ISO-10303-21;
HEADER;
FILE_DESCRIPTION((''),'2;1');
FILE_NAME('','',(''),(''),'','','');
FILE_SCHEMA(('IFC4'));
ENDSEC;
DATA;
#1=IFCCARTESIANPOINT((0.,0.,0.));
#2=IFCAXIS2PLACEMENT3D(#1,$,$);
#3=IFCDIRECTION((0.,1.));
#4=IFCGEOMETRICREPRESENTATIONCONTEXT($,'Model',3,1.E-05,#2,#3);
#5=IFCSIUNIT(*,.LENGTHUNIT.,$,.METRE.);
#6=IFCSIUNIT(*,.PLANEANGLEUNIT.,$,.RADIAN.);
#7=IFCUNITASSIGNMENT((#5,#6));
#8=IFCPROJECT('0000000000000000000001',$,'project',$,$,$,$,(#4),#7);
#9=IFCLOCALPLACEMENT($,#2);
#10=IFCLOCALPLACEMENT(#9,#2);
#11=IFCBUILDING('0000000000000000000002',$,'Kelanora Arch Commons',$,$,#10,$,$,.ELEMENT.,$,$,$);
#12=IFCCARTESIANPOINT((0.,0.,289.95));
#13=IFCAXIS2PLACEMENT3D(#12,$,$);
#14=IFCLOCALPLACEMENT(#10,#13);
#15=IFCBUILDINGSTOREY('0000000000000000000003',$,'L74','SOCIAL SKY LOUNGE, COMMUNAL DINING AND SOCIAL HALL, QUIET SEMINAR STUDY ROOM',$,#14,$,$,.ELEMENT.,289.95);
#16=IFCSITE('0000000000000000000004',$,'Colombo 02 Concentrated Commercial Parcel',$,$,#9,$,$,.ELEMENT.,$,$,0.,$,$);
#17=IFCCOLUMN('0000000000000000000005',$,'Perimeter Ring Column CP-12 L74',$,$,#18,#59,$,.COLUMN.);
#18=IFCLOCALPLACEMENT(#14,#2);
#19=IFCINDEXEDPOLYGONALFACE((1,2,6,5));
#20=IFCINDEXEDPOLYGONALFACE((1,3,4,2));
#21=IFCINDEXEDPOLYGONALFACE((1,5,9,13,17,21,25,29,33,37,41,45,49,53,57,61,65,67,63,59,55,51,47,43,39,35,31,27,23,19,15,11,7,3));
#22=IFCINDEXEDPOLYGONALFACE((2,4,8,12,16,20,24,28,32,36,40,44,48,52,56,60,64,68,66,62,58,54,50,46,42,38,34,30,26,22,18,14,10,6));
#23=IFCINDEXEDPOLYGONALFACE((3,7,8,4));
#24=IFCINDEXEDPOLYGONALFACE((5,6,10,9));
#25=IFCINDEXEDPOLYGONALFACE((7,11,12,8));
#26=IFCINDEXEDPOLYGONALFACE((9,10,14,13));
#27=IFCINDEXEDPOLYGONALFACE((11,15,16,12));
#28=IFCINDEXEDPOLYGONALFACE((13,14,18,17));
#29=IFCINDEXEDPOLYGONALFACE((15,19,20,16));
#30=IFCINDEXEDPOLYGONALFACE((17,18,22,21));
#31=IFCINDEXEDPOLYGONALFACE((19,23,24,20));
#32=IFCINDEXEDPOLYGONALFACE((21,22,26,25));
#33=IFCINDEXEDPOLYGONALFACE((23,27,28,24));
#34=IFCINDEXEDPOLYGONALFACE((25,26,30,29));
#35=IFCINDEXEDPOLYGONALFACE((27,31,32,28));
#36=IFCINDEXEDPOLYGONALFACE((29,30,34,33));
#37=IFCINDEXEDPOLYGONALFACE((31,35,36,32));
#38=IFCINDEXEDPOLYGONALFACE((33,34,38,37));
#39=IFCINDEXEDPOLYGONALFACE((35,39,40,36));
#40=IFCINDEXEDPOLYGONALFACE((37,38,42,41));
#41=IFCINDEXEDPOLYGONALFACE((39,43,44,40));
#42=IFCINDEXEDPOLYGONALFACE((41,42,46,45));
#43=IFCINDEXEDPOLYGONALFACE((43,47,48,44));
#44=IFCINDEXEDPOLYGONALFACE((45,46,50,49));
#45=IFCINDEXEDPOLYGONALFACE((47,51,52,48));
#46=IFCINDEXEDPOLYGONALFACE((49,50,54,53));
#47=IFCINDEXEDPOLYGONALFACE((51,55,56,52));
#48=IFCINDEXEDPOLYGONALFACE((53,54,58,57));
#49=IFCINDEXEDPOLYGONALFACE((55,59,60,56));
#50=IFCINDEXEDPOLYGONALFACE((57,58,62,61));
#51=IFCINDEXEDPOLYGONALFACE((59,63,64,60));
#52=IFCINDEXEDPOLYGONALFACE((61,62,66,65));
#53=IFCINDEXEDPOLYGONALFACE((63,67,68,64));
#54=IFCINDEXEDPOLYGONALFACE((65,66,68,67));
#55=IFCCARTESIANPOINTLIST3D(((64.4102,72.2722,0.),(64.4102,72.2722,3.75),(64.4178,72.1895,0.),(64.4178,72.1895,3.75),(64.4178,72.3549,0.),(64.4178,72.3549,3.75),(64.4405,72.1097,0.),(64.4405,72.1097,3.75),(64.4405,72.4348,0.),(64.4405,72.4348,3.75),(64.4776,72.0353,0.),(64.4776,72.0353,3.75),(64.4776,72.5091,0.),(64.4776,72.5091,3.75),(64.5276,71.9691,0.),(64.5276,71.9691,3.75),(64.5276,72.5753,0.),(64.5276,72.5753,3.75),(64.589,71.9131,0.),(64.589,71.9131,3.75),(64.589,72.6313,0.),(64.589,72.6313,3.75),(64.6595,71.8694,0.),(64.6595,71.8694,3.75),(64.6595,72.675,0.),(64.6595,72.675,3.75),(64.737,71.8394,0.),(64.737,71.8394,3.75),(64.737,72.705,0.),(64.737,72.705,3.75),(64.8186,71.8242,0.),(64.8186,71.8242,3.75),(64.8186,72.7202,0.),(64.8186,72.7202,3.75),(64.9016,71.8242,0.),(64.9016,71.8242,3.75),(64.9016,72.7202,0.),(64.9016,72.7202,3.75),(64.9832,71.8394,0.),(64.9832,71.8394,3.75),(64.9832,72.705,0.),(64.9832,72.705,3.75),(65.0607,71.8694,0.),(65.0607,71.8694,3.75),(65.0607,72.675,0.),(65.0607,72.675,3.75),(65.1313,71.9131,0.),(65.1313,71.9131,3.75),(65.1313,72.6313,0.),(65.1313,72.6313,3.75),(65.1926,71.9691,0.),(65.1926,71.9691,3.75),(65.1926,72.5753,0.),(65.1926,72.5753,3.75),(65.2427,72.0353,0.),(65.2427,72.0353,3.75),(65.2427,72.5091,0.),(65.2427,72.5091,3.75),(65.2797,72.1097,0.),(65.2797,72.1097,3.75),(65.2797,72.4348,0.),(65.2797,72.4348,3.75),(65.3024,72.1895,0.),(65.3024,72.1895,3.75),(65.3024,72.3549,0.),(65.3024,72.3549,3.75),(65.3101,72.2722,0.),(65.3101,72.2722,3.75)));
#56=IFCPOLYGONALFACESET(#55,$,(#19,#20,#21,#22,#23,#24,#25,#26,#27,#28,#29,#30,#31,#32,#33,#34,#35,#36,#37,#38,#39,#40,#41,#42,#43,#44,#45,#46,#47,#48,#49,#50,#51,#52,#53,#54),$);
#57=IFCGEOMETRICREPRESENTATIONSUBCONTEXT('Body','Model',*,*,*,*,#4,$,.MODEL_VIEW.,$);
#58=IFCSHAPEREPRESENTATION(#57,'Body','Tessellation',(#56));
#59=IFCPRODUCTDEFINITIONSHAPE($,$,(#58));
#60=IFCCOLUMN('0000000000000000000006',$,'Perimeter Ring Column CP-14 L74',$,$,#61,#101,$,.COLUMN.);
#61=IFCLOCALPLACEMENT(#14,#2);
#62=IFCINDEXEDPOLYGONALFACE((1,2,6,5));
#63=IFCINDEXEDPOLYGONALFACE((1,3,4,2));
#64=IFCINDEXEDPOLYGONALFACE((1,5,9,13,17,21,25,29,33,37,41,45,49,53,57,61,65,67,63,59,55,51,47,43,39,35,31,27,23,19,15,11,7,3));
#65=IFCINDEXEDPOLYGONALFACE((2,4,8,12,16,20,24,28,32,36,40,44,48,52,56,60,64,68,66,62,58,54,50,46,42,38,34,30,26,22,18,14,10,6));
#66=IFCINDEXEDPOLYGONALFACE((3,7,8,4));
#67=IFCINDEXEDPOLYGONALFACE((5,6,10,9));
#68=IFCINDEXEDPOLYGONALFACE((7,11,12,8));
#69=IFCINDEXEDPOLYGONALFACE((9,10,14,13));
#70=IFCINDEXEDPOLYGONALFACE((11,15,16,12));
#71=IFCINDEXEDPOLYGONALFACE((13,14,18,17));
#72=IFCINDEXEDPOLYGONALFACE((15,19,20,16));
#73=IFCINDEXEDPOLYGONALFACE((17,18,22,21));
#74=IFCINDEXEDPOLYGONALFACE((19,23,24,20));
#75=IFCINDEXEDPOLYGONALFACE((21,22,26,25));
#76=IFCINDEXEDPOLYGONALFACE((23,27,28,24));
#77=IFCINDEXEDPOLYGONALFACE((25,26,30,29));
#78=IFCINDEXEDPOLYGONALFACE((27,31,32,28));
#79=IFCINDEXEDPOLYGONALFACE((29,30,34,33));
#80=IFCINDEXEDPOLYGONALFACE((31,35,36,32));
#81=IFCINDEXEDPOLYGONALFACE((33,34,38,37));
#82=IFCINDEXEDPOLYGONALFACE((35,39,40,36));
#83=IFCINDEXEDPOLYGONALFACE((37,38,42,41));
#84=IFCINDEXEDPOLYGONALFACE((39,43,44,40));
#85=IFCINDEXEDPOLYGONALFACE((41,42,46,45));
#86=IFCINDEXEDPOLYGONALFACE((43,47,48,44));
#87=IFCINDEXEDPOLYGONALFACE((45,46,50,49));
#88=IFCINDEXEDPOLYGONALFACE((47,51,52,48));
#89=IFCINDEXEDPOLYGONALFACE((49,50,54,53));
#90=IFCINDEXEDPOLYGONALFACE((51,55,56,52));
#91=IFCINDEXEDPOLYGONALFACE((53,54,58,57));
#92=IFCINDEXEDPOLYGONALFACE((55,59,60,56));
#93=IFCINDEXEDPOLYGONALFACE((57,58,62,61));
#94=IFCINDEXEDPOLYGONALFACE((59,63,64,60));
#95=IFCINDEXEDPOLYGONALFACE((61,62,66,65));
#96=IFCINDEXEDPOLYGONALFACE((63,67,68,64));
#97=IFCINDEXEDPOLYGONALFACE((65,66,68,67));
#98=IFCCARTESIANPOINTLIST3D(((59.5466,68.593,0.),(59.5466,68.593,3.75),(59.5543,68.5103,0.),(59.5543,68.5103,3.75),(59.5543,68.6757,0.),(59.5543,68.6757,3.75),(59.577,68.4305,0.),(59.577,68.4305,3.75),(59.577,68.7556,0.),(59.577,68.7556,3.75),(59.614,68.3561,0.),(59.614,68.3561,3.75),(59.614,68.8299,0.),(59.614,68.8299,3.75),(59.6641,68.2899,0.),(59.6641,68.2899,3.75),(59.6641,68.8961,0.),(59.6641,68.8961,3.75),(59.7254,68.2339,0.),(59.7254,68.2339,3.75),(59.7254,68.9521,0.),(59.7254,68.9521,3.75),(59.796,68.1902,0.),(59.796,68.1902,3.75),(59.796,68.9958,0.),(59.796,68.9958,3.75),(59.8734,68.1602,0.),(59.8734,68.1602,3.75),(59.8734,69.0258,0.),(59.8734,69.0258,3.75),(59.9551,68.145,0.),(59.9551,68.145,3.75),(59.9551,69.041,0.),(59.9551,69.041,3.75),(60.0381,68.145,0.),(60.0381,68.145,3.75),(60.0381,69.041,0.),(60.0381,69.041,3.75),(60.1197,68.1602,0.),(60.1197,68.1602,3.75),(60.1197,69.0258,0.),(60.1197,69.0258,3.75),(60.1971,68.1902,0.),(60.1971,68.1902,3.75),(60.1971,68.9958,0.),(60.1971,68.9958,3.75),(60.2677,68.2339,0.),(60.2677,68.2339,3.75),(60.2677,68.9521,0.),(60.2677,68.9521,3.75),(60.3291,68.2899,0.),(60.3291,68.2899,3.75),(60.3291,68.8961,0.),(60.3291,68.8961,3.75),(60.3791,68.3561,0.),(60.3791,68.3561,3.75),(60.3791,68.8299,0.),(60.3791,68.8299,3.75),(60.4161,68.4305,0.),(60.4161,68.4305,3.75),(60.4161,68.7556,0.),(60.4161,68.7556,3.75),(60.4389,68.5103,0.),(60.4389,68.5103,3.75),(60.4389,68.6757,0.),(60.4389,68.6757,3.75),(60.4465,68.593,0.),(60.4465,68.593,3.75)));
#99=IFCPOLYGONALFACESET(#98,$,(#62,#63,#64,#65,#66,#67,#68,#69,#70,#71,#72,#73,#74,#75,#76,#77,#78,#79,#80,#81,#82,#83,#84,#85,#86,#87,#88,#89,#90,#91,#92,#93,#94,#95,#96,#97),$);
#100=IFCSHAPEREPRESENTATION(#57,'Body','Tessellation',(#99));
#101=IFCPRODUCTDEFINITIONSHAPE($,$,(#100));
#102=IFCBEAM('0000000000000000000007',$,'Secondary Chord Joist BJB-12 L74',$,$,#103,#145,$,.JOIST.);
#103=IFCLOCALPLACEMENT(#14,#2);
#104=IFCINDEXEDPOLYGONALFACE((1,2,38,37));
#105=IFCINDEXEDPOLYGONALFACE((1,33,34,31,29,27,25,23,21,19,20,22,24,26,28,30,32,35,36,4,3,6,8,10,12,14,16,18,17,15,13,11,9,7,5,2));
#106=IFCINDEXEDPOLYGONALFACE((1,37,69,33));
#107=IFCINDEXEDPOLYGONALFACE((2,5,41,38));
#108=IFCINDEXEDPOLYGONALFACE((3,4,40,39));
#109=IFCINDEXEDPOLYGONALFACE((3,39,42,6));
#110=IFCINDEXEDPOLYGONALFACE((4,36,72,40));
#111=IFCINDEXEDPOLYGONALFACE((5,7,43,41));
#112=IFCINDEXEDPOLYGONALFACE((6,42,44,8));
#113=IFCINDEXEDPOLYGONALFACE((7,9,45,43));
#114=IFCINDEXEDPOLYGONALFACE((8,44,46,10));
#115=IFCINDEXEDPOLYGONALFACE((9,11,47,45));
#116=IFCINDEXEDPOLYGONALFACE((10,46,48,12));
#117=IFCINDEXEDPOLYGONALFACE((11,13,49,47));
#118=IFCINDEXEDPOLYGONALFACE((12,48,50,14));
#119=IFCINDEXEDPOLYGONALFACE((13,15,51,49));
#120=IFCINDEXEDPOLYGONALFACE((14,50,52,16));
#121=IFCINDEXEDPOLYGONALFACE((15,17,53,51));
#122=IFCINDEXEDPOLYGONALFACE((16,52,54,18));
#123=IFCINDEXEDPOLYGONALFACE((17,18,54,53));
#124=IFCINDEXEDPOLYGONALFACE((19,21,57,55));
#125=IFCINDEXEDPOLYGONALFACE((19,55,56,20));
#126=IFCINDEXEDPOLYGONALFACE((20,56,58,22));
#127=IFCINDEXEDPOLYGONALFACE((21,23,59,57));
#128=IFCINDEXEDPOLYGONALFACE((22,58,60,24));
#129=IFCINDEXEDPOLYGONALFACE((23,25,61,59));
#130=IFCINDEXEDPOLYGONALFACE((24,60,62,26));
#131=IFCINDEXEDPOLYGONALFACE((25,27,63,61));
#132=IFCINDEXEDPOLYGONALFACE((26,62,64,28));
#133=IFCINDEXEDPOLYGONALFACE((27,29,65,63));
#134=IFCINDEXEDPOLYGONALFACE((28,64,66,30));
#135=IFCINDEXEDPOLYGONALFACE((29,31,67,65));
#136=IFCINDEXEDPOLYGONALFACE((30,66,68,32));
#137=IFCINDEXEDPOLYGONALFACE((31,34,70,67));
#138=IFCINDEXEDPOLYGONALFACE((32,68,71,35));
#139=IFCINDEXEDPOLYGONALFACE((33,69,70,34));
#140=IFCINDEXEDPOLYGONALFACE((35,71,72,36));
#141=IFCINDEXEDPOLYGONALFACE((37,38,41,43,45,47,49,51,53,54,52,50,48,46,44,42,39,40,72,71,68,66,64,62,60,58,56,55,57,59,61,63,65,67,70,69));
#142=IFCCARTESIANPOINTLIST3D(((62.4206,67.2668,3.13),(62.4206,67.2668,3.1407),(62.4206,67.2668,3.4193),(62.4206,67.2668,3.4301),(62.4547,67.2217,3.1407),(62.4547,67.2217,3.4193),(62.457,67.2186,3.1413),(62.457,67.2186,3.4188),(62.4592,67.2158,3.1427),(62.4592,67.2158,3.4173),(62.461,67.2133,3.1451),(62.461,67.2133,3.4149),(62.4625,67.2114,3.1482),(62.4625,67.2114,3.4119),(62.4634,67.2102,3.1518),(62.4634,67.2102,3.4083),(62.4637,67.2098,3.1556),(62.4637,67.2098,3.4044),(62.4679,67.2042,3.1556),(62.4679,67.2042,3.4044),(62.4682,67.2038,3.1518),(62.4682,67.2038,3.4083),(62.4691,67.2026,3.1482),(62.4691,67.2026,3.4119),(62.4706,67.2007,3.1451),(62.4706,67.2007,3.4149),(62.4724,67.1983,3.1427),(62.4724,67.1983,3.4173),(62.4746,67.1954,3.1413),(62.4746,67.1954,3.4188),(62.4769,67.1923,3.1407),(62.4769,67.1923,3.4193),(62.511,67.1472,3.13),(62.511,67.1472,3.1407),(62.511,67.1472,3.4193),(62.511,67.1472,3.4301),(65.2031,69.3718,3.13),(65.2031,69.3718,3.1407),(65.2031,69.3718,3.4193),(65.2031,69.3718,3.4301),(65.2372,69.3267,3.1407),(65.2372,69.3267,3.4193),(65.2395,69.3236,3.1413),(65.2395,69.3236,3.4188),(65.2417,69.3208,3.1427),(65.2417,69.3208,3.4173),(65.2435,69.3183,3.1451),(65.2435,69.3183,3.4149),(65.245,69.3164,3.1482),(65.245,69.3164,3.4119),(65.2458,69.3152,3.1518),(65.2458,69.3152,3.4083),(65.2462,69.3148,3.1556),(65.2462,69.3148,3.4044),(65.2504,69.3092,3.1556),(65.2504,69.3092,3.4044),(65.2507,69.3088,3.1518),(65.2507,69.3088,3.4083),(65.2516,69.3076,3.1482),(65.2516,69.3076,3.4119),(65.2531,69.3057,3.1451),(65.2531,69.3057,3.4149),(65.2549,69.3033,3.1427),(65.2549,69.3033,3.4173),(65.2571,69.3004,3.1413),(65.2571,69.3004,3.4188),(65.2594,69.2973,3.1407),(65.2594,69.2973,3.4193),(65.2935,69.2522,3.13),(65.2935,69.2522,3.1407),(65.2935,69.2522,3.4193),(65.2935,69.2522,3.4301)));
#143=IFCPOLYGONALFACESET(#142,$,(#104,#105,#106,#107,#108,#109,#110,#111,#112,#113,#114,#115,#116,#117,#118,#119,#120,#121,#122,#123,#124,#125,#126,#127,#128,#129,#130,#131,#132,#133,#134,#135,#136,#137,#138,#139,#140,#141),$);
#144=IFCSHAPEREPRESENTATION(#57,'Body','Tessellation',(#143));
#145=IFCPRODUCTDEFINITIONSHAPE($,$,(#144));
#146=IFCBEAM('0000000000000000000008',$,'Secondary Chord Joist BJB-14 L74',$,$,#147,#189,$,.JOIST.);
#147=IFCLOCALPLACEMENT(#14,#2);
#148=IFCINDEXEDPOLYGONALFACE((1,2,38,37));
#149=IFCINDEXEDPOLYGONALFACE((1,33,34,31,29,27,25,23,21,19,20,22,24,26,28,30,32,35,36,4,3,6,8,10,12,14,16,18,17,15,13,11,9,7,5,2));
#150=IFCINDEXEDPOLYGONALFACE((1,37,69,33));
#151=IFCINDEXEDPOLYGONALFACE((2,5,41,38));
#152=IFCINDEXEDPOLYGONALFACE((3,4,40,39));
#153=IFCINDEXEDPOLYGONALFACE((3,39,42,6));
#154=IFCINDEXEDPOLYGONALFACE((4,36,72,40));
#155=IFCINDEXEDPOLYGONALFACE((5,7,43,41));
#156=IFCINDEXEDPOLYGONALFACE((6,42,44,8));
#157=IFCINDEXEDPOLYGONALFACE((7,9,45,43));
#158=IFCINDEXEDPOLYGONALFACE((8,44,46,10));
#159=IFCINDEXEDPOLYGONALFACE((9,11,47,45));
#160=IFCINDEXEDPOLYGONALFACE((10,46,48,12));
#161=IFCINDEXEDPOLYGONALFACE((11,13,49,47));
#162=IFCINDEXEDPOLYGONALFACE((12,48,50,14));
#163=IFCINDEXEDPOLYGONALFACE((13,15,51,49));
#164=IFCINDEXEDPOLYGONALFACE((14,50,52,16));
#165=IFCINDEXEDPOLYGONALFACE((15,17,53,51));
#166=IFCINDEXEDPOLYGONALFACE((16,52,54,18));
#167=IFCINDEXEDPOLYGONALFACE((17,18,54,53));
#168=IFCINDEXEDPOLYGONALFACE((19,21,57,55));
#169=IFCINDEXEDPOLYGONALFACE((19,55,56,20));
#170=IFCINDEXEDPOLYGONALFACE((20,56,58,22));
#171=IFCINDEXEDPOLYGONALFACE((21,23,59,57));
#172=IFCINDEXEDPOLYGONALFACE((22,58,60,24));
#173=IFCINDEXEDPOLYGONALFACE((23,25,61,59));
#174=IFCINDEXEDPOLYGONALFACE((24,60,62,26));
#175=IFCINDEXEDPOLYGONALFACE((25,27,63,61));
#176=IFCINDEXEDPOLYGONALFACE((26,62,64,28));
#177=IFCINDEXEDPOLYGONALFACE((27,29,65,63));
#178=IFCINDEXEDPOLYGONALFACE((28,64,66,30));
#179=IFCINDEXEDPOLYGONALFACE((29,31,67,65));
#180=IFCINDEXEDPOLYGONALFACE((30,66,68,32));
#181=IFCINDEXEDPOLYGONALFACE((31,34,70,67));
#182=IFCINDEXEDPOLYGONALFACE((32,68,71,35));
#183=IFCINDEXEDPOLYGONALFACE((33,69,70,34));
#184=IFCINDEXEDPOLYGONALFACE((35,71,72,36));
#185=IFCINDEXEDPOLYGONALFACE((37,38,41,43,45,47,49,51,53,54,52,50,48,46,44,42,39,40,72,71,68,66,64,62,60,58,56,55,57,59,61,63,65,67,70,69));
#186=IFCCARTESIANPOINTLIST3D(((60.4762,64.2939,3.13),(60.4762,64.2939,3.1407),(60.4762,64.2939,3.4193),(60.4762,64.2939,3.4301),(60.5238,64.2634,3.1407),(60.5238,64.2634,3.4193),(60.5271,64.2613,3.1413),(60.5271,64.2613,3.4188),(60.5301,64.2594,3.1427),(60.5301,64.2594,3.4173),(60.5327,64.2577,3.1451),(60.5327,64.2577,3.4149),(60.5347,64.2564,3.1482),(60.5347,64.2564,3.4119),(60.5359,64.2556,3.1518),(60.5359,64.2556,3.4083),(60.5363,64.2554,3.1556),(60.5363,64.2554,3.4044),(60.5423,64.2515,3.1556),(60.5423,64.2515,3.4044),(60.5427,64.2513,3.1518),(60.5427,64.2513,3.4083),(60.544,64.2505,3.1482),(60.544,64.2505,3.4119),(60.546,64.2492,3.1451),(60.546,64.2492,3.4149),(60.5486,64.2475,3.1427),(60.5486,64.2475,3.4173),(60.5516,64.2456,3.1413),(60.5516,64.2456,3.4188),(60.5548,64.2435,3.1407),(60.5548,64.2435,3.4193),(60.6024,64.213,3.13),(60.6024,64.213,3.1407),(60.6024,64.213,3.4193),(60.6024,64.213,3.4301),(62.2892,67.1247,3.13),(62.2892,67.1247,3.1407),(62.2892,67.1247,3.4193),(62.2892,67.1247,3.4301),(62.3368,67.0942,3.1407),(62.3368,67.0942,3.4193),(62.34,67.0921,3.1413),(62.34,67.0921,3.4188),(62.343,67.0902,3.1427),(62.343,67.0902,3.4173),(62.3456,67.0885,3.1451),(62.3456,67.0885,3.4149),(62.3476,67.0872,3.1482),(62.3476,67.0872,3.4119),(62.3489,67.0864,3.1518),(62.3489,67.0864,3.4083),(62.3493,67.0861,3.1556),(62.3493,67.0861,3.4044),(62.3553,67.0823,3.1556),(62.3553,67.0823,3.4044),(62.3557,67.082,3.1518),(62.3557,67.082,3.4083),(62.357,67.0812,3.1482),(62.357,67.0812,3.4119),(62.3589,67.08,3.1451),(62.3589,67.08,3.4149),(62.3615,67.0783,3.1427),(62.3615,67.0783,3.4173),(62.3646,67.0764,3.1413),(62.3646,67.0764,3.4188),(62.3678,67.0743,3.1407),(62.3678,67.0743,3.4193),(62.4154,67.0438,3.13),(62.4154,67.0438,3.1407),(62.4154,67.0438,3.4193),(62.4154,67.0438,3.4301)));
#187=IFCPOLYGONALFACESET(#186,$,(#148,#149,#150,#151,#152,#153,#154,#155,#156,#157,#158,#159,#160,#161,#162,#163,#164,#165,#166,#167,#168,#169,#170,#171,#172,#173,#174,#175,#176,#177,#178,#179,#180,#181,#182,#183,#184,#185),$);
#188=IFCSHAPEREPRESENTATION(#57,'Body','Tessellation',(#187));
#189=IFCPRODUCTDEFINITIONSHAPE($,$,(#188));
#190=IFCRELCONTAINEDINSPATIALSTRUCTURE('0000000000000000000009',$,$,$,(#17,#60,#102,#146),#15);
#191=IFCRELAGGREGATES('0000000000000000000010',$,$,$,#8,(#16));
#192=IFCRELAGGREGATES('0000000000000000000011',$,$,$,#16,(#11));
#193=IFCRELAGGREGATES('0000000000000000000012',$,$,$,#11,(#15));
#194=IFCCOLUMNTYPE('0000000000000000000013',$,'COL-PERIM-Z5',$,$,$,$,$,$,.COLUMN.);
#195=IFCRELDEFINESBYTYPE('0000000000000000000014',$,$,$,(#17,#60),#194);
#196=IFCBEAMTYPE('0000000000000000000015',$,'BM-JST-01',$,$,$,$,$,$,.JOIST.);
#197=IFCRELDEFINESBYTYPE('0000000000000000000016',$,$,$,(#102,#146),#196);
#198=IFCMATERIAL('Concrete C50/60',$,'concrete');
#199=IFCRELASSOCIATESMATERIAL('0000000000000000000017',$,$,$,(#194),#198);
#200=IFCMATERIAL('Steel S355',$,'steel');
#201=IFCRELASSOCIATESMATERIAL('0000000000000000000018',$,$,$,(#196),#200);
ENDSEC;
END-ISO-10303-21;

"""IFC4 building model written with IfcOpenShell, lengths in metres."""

from ifc_helpers import new_model, si_unit, direction, frame, origin, origin_2d, place, context, subcontext, project, spatial, circle, i_section, extrude, material, material_profile, profile_set, type_object, element, save


model = new_model("IFC4")

# Units and contexts
model_context = context("Model", 3, precision=1e-05, world=origin(), true_north=direction((0.0, 1.0)))
body_context = subcontext(model_context, "Body", "Model", "MODEL_VIEW")
ifc_project = project(units=[si_unit("LENGTHUNIT", "METRE"), si_unit("PLANEANGLEUNIT", "RADIAN")], contexts=[model_context])

# Site, building, storey
site_placement = place(None, origin())
site = spatial("IfcSite", under=ifc_project, at=site_placement, Name="Colombo 02 Concentrated Commercial Parcel", CompositionType="ELEMENT", RefElevation=0.0)
building_placement = place(site_placement, origin())
building = spatial("IfcBuilding", under=site, at=building_placement, Name="Kelanora Arch Commons", CompositionType="ELEMENT")
storey_placement = place(building_placement, frame((0.0, 0.0, 289.95)))
storey = spatial("IfcBuildingStorey", under=building, at=storey_placement, Name="L74", Description="SOCIAL SKY LOUNGE, COMMUNAL DINING AND SOCIAL HALL, QUIET SEMINAR STUDY ROOM", CompositionType="ELEMENT", Elevation=289.95)

# Columns
ifc_material_1 = material(Name="Concrete C50/60", Category="concrete")
ifc_material_profile_1 = material_profile(ifc_material_1, circle(Radius=0.45, at=origin_2d()), Name="RCC900")
ifc_profile_set_1 = profile_set([ifc_material_profile_1], Name="Concrete C50/60")
column_type = type_object("IfcColumnType", Name="COL-PERIM-Z5", PredefinedType="COLUMN", material=ifc_profile_set_1)
for number, where, z_axis, x_axis, name in (
    (1, (64.8601, 72.2722, 0.0), (0.0, 0.0, 1.0), (1.0, 0.0, 0.0), "Perimeter Ring Column CP-12 L74"),
    (2, (59.9966, 68.593, 0.0), (0.0, 0.0, 1.0), (1.0, 0.0, 0.0), "Perimeter Ring Column CP-14 L74"),
):
    element("IfcColumn", number, at=place(storey_placement, frame(where, z_axis=z_axis, x_axis=x_axis)), inside=storey, type_object=column_type, Name=name, PredefinedType="COLUMN", context=body_context, shape_type="SweptSolid", body=[
        extrude(circle(Radius=0.45, at=origin_2d()), origin(), (0.0, 0.0, 1.0), 3.75),
    ])

# Beams
ifc_material_2 = material(Name="Steel S355", Category="steel")
ifc_material_profile_2 = material_profile(ifc_material_2, i_section(OverallWidth=0.1499, OverallDepth=0.3, WebThickness=0.0071, FlangeThickness=0.0107, FilletRadius=0.0149, at=origin_2d()), Name="IPE300")
ifc_profile_set_2 = profile_set([ifc_material_profile_2], Name="Steel S355")
beam_type_1 = type_object("IfcBeamType", Name="BM-JST-01", PredefinedType="JOIST", material=ifc_profile_set_2)
beam_1_placement = place(storey_placement, frame((65.2483, 69.312, 3.28), z_axis=(-0.797499, -0.60332, 0.0), x_axis=(0.60332, -0.797499, 0.0)))
element("IfcBeam", 3, at=beam_1_placement, inside=storey, type_object=beam_type_1, Name="Secondary Chord Joist BJB-12 L74", PredefinedType="JOIST", context=body_context, shape_type="SweptSolid", body=[
    extrude(i_section(OverallWidth=0.1499, OverallDepth=0.3, WebThickness=0.0071, FlangeThickness=0.0107, FilletRadius=0.0149, at=origin_2d()), origin(), (0.0, 0.0, 1.0), 3.489),
])
beam_2_placement = place(storey_placement, frame((62.3523, 67.0842, 3.28), z_axis=(-0.539322, -0.8421, 0.0), x_axis=(0.8421, -0.539322, 0.0)))
element("IfcBeam", 4, at=beam_2_placement, inside=storey, type_object=beam_type_1, Name="Secondary Chord Joist BJB-14 L74", PredefinedType="JOIST", context=body_context, shape_type="SweptSolid", body=[
    extrude(i_section(OverallWidth=0.1499, OverallDepth=0.3, WebThickness=0.0071, FlangeThickness=0.0107, FilletRadius=0.0149, at=origin_2d()), origin(), (0.0, 0.0, 1.0), 3.3616),
])

save(model, "model.ifc")
